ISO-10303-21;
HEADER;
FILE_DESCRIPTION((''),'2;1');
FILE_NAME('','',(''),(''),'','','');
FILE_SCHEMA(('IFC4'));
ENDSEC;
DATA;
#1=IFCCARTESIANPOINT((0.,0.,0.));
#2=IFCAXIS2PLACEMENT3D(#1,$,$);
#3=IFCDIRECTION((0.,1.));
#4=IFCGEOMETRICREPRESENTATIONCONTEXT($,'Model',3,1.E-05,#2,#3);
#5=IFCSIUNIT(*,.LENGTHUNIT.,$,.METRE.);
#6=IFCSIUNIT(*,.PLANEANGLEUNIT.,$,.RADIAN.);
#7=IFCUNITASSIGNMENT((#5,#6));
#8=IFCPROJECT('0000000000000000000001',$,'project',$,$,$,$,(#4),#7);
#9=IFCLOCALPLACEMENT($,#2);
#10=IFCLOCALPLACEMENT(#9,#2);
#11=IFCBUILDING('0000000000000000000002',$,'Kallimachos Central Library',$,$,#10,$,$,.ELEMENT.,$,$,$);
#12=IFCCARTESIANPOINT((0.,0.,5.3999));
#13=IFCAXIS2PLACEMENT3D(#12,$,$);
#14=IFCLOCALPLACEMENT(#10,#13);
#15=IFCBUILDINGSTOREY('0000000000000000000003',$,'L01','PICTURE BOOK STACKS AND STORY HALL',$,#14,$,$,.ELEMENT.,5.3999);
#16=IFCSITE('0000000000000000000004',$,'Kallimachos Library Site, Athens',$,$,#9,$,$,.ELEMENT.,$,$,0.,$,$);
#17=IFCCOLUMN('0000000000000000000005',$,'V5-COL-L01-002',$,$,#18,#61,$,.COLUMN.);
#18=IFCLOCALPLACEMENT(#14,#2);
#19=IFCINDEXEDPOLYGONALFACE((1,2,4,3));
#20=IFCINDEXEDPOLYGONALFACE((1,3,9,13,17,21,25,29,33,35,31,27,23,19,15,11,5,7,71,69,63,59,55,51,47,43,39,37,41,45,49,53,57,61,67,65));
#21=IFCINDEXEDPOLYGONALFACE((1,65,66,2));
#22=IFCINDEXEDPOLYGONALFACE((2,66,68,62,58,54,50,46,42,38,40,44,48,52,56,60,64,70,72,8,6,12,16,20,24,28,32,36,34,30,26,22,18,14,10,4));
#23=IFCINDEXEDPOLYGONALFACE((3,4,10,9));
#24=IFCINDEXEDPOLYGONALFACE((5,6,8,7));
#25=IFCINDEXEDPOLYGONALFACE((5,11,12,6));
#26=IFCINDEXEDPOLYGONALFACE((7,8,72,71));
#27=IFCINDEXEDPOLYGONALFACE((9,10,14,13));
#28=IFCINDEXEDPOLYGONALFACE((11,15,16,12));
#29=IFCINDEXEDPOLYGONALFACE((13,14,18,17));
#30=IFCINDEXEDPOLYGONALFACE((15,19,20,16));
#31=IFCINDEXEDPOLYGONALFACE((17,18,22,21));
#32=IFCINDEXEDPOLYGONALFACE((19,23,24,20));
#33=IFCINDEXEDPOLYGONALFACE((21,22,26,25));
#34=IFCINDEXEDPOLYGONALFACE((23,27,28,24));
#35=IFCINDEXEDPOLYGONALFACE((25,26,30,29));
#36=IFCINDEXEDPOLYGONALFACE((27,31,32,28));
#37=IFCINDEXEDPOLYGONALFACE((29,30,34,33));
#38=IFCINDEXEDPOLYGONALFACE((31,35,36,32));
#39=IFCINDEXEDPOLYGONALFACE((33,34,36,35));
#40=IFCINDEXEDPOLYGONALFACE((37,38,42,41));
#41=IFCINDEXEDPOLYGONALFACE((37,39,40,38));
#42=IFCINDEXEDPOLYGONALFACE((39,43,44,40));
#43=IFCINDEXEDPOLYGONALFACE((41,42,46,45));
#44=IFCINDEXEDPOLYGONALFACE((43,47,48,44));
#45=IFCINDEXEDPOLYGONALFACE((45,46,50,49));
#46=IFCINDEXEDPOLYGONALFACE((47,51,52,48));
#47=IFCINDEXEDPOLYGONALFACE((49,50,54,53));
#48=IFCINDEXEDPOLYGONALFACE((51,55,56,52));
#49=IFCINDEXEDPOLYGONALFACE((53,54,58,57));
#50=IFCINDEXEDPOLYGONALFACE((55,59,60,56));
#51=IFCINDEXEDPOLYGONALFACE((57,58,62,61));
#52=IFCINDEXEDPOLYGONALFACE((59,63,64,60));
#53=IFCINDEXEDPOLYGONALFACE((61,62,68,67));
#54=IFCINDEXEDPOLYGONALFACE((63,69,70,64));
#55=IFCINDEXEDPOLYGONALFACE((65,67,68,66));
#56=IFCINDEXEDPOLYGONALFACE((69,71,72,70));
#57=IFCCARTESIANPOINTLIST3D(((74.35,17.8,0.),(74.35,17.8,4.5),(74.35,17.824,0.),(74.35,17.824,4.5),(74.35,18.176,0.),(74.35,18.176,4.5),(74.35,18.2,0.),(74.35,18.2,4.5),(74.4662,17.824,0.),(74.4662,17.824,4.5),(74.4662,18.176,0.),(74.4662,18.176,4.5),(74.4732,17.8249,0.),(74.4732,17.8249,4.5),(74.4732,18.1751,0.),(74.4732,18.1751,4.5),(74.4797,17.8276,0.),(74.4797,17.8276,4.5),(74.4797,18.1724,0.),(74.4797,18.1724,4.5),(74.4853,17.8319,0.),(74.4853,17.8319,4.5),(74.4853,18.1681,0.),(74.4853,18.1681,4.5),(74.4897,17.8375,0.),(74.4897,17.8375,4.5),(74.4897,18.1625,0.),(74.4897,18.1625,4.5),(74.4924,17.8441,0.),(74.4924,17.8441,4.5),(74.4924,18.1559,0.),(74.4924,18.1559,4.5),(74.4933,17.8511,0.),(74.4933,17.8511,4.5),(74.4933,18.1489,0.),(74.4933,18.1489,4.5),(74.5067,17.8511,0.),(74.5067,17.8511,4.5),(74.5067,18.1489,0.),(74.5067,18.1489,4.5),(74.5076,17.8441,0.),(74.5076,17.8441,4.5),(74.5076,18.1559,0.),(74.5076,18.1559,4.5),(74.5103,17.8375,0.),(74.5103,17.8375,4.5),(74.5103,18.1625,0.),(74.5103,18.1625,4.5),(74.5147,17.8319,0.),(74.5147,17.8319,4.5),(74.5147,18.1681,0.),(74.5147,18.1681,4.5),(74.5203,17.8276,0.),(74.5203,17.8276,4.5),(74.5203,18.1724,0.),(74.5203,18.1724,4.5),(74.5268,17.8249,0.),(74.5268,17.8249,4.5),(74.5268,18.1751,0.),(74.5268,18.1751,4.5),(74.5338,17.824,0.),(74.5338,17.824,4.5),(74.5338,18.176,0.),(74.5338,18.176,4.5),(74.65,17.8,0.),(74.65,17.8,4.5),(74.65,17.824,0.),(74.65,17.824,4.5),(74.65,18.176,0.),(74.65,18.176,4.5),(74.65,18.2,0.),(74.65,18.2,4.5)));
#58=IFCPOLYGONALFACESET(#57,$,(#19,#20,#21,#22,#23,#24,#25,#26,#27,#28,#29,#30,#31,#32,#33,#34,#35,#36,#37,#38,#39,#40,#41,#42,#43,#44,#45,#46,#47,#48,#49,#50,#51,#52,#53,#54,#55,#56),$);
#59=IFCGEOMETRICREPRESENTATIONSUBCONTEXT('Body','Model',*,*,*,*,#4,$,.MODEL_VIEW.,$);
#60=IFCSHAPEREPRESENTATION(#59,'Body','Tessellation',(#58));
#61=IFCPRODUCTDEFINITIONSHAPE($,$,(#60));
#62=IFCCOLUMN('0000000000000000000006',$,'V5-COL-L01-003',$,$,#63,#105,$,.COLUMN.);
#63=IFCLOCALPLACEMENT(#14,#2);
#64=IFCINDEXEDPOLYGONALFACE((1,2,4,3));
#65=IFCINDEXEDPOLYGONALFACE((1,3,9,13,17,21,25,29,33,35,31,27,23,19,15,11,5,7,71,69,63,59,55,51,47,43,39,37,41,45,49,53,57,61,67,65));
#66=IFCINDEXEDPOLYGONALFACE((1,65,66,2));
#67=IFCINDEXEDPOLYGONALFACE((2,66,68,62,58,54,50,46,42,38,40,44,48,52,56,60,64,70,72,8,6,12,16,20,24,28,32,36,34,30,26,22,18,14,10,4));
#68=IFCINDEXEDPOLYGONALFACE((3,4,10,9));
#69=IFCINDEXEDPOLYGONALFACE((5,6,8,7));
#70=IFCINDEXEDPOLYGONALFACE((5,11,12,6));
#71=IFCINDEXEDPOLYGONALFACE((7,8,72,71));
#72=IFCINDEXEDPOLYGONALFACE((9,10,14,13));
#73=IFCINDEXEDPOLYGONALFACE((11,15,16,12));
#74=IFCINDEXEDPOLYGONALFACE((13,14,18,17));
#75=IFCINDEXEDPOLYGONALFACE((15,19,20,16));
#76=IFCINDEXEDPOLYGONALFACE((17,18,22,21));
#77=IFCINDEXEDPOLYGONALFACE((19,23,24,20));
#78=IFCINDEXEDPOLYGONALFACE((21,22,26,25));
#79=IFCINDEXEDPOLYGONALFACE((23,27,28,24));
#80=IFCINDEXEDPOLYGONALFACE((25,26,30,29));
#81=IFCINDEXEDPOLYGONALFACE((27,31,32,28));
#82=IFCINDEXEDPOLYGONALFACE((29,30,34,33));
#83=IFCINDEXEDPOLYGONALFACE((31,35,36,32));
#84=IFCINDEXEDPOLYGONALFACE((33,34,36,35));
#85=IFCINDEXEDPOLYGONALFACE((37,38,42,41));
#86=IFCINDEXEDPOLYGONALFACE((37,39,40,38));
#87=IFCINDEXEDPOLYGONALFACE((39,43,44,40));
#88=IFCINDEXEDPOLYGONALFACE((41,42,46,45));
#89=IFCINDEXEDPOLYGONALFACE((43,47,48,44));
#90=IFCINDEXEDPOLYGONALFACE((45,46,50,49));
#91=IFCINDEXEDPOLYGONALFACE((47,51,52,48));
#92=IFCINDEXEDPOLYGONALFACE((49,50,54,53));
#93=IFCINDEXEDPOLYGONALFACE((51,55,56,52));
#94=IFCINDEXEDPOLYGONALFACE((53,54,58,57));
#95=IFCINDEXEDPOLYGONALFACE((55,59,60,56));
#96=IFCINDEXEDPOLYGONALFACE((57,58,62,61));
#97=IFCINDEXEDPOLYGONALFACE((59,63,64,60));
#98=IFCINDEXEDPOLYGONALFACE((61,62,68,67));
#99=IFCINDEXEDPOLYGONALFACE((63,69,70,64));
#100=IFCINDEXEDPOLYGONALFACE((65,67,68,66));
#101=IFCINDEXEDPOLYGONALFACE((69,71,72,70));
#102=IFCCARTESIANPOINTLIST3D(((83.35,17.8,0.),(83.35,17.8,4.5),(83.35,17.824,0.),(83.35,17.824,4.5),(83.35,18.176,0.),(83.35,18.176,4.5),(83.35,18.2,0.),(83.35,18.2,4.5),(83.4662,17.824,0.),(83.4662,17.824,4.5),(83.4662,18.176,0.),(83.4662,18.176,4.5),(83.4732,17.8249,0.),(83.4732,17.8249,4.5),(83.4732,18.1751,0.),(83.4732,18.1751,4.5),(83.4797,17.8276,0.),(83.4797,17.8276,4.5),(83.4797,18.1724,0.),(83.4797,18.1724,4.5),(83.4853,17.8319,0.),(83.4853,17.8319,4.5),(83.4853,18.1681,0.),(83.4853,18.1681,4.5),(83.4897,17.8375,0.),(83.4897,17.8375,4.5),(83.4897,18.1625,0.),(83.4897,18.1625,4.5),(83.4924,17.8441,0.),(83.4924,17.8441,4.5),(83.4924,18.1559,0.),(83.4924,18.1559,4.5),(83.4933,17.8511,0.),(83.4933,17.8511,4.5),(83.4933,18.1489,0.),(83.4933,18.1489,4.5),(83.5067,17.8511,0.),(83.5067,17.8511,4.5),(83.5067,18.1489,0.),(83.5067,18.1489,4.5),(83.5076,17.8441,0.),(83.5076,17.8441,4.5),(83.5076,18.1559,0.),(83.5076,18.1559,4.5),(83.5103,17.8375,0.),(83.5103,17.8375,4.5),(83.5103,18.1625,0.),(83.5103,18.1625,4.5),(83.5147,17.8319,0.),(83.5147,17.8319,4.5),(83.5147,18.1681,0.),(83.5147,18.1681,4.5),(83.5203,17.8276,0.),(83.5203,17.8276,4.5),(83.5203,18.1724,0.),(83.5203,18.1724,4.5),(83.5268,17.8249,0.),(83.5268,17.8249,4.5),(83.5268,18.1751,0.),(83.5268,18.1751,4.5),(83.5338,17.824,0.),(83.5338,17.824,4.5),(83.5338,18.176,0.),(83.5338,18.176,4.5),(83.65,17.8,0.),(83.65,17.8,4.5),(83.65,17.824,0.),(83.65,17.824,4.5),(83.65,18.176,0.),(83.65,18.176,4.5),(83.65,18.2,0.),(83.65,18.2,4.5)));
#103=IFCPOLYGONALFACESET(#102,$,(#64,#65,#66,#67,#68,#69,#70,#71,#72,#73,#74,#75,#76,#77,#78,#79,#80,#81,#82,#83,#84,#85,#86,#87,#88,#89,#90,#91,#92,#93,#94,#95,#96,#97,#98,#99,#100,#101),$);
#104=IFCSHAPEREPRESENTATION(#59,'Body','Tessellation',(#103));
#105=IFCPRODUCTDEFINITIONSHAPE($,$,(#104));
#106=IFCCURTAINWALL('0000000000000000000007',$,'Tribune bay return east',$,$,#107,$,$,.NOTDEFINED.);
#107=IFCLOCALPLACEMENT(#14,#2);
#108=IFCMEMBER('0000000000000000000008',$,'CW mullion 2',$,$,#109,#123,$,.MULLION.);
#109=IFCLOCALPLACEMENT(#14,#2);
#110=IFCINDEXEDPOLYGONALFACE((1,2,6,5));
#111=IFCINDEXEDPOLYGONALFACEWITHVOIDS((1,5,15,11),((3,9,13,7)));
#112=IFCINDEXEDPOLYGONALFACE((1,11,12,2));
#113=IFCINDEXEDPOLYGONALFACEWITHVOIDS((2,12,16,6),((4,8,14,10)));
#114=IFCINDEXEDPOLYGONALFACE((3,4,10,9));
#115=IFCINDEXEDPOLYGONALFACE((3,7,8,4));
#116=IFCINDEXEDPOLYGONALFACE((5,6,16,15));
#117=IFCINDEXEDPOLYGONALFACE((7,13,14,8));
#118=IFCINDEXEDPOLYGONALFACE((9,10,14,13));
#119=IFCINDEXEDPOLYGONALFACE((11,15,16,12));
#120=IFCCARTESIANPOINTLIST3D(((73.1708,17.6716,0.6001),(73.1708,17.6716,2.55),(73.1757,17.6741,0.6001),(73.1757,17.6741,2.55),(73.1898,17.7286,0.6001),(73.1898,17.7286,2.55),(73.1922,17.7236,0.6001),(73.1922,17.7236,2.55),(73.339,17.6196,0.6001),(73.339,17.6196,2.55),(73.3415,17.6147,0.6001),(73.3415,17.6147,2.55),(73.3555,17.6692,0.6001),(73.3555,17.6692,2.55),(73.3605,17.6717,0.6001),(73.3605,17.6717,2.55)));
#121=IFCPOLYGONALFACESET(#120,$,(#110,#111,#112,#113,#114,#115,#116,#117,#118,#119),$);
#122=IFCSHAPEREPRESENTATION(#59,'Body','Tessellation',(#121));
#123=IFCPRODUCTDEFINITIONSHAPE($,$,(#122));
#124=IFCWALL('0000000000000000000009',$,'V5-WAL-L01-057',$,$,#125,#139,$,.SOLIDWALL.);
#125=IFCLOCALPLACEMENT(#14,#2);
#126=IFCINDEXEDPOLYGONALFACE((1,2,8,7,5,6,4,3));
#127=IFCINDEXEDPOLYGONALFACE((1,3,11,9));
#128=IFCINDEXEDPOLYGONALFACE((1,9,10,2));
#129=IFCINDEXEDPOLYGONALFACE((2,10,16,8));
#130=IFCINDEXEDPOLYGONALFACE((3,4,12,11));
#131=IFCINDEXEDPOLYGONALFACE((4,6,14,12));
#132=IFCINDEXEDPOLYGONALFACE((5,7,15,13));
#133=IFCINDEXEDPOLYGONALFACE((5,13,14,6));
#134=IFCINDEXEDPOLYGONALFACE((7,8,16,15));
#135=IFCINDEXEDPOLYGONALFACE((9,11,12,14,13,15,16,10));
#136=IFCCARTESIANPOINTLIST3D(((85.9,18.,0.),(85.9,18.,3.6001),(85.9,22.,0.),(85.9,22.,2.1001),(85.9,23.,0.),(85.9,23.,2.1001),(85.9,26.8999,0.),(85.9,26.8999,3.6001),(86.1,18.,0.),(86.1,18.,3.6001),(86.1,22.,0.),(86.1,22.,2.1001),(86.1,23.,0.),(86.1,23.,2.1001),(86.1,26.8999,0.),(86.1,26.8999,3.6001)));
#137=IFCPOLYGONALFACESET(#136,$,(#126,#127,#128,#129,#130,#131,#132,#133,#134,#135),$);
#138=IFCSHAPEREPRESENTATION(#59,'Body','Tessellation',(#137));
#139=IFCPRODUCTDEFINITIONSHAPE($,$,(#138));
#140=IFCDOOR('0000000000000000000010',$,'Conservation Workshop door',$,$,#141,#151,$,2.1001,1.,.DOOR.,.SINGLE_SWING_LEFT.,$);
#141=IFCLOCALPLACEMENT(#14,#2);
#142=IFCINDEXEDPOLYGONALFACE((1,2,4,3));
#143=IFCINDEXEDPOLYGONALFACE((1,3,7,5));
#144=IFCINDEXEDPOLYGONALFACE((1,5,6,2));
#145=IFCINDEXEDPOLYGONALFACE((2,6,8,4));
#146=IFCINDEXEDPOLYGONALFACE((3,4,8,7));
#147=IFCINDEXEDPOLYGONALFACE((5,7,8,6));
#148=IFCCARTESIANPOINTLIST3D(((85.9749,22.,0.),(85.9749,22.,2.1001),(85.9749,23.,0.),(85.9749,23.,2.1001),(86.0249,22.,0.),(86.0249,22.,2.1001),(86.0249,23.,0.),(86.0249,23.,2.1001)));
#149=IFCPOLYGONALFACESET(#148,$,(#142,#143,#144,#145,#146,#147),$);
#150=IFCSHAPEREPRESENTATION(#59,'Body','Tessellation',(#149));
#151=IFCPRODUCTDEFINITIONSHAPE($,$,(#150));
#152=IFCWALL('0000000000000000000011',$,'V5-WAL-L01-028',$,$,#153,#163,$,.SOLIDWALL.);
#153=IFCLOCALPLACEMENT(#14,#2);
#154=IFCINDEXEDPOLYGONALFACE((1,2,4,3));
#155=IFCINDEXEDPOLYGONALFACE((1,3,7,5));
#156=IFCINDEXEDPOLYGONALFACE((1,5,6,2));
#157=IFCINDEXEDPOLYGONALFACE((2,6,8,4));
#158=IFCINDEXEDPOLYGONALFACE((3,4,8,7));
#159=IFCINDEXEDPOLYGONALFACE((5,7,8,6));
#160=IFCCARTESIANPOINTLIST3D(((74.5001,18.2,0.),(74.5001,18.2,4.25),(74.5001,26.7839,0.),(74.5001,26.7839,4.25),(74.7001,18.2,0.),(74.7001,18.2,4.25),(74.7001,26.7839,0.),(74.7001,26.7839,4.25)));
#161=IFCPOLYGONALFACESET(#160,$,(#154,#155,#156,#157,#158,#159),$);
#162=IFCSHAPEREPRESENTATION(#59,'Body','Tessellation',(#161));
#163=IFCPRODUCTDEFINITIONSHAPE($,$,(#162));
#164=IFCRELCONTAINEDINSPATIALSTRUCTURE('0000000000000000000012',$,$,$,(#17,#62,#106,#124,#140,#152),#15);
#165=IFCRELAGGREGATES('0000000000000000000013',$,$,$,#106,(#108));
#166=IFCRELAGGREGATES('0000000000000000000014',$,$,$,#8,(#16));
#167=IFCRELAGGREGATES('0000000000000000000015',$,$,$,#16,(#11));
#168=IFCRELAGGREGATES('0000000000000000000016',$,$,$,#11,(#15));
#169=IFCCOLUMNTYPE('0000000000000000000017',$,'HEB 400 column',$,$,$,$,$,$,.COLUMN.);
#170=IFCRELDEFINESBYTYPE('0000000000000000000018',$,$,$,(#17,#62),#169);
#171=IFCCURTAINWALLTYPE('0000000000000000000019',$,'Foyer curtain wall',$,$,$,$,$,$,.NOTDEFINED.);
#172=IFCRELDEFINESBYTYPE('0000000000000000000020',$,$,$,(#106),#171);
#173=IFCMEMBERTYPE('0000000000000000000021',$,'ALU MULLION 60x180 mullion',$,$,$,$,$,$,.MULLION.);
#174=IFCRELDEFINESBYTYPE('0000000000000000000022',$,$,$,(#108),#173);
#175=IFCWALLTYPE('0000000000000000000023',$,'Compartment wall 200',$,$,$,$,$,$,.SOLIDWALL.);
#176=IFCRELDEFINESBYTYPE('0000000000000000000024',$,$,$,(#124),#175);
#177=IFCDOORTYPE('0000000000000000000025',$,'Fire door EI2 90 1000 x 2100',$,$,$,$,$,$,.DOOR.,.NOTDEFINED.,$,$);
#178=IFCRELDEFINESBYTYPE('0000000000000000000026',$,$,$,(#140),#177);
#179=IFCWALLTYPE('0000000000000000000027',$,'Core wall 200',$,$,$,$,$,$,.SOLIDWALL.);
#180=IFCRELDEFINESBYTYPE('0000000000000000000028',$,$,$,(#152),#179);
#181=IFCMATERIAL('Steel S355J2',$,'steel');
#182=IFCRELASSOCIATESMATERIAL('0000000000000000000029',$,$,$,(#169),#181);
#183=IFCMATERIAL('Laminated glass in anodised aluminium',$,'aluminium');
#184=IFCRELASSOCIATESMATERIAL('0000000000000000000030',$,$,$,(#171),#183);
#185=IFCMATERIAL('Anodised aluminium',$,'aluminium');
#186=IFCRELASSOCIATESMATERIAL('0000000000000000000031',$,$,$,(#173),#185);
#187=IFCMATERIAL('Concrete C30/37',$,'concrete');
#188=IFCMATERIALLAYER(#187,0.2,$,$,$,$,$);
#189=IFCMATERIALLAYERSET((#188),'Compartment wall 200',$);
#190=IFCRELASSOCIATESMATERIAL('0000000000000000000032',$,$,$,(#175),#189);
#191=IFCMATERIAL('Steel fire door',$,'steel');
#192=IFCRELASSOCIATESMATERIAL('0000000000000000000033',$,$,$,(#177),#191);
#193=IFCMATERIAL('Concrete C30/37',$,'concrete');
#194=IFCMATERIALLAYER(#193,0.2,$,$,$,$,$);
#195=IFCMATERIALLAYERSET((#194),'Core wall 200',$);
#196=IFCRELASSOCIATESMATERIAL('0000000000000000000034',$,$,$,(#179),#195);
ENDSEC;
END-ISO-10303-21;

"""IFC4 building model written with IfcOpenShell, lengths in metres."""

from ifc_helpers import new_model, si_unit, direction, frame, frame_2d, origin, origin_2d, place, context, subcontext, project, spatial, rectangle, hollow_rectangle, i_section, extrude, material, layer, layer_set, material_profile, profile_set, type_object, element, fill, aggregate, save


model = new_model("IFC4")

# Units and contexts
model_context = context("Model", 3, precision=1e-05, world=origin(), true_north=direction((0.0, 1.0)))
body_context = subcontext(model_context, "Body", "Model", "MODEL_VIEW")
ifc_project = project(units=[si_unit("LENGTHUNIT", "METRE"), si_unit("PLANEANGLEUNIT", "RADIAN")], contexts=[model_context])

# Site, building, storey
site_placement = place(None, origin())
site = spatial("IfcSite", under=ifc_project, at=site_placement, Name="Kallimachos Library Site, Athens", CompositionType="ELEMENT", RefElevation=0.0)
building_placement = place(site_placement, origin())
building = spatial("IfcBuilding", under=site, at=building_placement, Name="Kallimachos Central Library", CompositionType="ELEMENT")
storey_placement = place(building_placement, frame((0.0, 0.0, 5.3999)))
storey = spatial("IfcBuildingStorey", under=building, at=storey_placement, Name="L01", Description="PICTURE BOOK STACKS AND STORY HALL", CompositionType="ELEMENT", Elevation=5.3999)

# Columns
ifc_material_1 = material(Name="Steel S355J2", Category="steel")
ifc_material_profile_1 = material_profile(ifc_material_1, i_section(OverallWidth=0.3, OverallDepth=0.3999, WebThickness=0.0134, FlangeThickness=0.0239, FilletRadius=0.0271, at=origin_2d()), Name="HEB 400")
ifc_profile_set_1 = profile_set([ifc_material_profile_1], Name="Steel S355J2")
column_type = type_object("IfcColumnType", Name="HEB 400 column", PredefinedType="COLUMN", material=ifc_profile_set_1)
for number, where, z_axis, x_axis, name in (
    (1, (74.5, 18.0, 0.0), (0.0, 0.0, 1.0), (1.0, 0.0, 0.0), "V5-COL-L01-002"),
    (2, (83.5, 18.0, 0.0), (0.0, 0.0, 1.0), (1.0, 0.0, 0.0), "V5-COL-L01-003"),
):
    element("IfcColumn", number, at=place(storey_placement, frame(where, z_axis=z_axis, x_axis=x_axis)), inside=storey, type_object=column_type, Name=name, PredefinedType="COLUMN", context=body_context, shape_type="SweptSolid", body=[
        extrude(i_section(OverallWidth=0.3, OverallDepth=0.3999, WebThickness=0.0134, FlangeThickness=0.0239, FilletRadius=0.0271, at=origin_2d()), origin(), (0.0, 0.0, 1.0), 4.5),
    ])

# Curtain wall, member
ifc_material_2 = material(Name="Laminated glass in anodised aluminium", Category="aluminium")
curtain_wall_type = type_object("IfcCurtainWallType", Name="Foyer curtain wall", PredefinedType="NOTDEFINED", material=ifc_material_2)
curtain_wall_placement = place(storey_placement, origin())
curtain_wall = element("IfcCurtainWall", 3, at=curtain_wall_placement, inside=storey, type_object=curtain_wall_type, Name="Tribune bay return east", PredefinedType="NOTDEFINED")
ifc_material_3 = material(Name="Anodised aluminium", Category="aluminium")
ifc_material_profile_2 = material_profile(ifc_material_3, hollow_rectangle(XDim=0.0601, YDim=0.1799, WallThickness=0.0039, at=origin_2d()), Name="ALU MULLION 60x180")
ifc_profile_set_2 = profile_set([ifc_material_profile_2], Name="Anodised aluminium")
member_type = type_object("IfcMemberType", Name="ALU MULLION 60x180 mullion", PredefinedType="MULLION", material=ifc_profile_set_2)
member_placement = place(storey_placement, frame((73.2656, 17.6716, 0.6001), z_axis=(0.0, 0.0, 1.0), x_axis=(0.316228, 0.948683, 0.0)))
member = element("IfcMember", 4, at=member_placement, type_object=member_type, Name="CW mullion 2", PredefinedType="MULLION", context=body_context, shape_type="SweptSolid", body=[
    extrude(hollow_rectangle(XDim=0.0601, YDim=0.1799, WallThickness=0.0039, at=origin_2d()), origin(), (0.0, 0.0, 1.0), 1.95),
])
aggregate(curtain_wall, [member])

# Wall, opening, door
ifc_material_4 = material(Name="Concrete C30/37", Category="concrete")
ifc_layer_1 = layer(ifc_material_4, 0.2)
ifc_layer_set_1 = layer_set([ifc_layer_1], Name="Compartment wall 200")
wall_type_1 = type_object("IfcWallType", Name="Compartment wall 200", PredefinedType="SOLIDWALL", material=ifc_layer_set_1)
wall_1_placement = place(storey_placement, frame((86.0, 18.0, 0.0), z_axis=(0.0, 0.0, 1.0), x_axis=(0.0, 1.0, 0.0)))
wall_1 = element("IfcWall", 5, at=wall_1_placement, inside=storey, type_object=wall_type_1, Name="V5-WAL-L01-057", PredefinedType="SOLIDWALL", context=body_context, shape_type="SweptSolid", body=[
    extrude(rectangle(XDim=8.8999, YDim=0.2, at=frame_2d((4.45, 0.0))), origin(), (0.0, 0.0, 1.0), 3.6001),
])
opening_1_placement = place(wall_1_placement, frame((4.0, 0.0, 0.0)))
opening_1 = element("IfcOpeningElement", 6, at=opening_1_placement, cuts=wall_1, PredefinedType="OPENING", context=body_context, shape_type="SweptSolid", body=[
    extrude(rectangle(XDim=1.0, YDim=2.1001, at=frame_2d((0.5, 1.05))), frame((0.0, 0.1099, 0.0), z_axis=(0.0, -1.0, 0.0), x_axis=(1.0, 0.0, 0.0)), (0.0, 0.0, 1.0), 0.22),
])
ifc_material_5 = material(Name="Steel fire door", Category="steel")
door_type_1 = type_object("IfcDoorType", Name="Fire door EI2 90 1000 x 2100", OperationType="NOTDEFINED", PredefinedType="DOOR", material=ifc_material_5)
door_1_placement = place(opening_1_placement, frame((1.0, 0.0, 0.0), z_axis=(0.0, 0.0, 1.0), x_axis=(-1.0, 0.0, 0.0)))
door_1 = element("IfcDoor", 7, at=door_1_placement, inside=storey, type_object=door_type_1, Name="Conservation Workshop door", OperationType="SINGLE_SWING_LEFT", OverallHeight=2.1001, OverallWidth=1.0, PredefinedType="DOOR", context=body_context, shape_type="SweptSolid", body=[
    extrude(rectangle(XDim=1.0, YDim=2.1001, at=frame_2d((0.5, 1.05))), frame((0.0, 0.0249, 0.0), z_axis=(0.0, -1.0, 0.0), x_axis=(1.0, 0.0, 0.0)), (0.0, 0.0, 1.0), 0.05),
])
fill(opening_1, door_1)

# Wall
ifc_material_6 = material(Name="Concrete C30/37", Category="concrete")
ifc_layer_2 = layer(ifc_material_6, 0.2)
ifc_layer_set_2 = layer_set([ifc_layer_2], Name="Core wall 200")
wall_type_2 = type_object("IfcWallType", Name="Core wall 200", PredefinedType="SOLIDWALL", material=ifc_layer_set_2)
wall_2_placement = place(storey_placement, frame((74.6001, 18.2, 0.0), z_axis=(0.0, 0.0, 1.0), x_axis=(0.0, 1.0, 0.0)))
element("IfcWall", 8, at=wall_2_placement, inside=storey, type_object=wall_type_2, Name="V5-WAL-L01-028", PredefinedType="SOLIDWALL", context=body_context, shape_type="SweptSolid", body=[
    extrude(rectangle(XDim=8.584, YDim=0.2, at=frame_2d((4.292, 0.0))), origin(), (0.0, 0.0, 1.0), 4.25),
])

save(model, "model.ifc")
